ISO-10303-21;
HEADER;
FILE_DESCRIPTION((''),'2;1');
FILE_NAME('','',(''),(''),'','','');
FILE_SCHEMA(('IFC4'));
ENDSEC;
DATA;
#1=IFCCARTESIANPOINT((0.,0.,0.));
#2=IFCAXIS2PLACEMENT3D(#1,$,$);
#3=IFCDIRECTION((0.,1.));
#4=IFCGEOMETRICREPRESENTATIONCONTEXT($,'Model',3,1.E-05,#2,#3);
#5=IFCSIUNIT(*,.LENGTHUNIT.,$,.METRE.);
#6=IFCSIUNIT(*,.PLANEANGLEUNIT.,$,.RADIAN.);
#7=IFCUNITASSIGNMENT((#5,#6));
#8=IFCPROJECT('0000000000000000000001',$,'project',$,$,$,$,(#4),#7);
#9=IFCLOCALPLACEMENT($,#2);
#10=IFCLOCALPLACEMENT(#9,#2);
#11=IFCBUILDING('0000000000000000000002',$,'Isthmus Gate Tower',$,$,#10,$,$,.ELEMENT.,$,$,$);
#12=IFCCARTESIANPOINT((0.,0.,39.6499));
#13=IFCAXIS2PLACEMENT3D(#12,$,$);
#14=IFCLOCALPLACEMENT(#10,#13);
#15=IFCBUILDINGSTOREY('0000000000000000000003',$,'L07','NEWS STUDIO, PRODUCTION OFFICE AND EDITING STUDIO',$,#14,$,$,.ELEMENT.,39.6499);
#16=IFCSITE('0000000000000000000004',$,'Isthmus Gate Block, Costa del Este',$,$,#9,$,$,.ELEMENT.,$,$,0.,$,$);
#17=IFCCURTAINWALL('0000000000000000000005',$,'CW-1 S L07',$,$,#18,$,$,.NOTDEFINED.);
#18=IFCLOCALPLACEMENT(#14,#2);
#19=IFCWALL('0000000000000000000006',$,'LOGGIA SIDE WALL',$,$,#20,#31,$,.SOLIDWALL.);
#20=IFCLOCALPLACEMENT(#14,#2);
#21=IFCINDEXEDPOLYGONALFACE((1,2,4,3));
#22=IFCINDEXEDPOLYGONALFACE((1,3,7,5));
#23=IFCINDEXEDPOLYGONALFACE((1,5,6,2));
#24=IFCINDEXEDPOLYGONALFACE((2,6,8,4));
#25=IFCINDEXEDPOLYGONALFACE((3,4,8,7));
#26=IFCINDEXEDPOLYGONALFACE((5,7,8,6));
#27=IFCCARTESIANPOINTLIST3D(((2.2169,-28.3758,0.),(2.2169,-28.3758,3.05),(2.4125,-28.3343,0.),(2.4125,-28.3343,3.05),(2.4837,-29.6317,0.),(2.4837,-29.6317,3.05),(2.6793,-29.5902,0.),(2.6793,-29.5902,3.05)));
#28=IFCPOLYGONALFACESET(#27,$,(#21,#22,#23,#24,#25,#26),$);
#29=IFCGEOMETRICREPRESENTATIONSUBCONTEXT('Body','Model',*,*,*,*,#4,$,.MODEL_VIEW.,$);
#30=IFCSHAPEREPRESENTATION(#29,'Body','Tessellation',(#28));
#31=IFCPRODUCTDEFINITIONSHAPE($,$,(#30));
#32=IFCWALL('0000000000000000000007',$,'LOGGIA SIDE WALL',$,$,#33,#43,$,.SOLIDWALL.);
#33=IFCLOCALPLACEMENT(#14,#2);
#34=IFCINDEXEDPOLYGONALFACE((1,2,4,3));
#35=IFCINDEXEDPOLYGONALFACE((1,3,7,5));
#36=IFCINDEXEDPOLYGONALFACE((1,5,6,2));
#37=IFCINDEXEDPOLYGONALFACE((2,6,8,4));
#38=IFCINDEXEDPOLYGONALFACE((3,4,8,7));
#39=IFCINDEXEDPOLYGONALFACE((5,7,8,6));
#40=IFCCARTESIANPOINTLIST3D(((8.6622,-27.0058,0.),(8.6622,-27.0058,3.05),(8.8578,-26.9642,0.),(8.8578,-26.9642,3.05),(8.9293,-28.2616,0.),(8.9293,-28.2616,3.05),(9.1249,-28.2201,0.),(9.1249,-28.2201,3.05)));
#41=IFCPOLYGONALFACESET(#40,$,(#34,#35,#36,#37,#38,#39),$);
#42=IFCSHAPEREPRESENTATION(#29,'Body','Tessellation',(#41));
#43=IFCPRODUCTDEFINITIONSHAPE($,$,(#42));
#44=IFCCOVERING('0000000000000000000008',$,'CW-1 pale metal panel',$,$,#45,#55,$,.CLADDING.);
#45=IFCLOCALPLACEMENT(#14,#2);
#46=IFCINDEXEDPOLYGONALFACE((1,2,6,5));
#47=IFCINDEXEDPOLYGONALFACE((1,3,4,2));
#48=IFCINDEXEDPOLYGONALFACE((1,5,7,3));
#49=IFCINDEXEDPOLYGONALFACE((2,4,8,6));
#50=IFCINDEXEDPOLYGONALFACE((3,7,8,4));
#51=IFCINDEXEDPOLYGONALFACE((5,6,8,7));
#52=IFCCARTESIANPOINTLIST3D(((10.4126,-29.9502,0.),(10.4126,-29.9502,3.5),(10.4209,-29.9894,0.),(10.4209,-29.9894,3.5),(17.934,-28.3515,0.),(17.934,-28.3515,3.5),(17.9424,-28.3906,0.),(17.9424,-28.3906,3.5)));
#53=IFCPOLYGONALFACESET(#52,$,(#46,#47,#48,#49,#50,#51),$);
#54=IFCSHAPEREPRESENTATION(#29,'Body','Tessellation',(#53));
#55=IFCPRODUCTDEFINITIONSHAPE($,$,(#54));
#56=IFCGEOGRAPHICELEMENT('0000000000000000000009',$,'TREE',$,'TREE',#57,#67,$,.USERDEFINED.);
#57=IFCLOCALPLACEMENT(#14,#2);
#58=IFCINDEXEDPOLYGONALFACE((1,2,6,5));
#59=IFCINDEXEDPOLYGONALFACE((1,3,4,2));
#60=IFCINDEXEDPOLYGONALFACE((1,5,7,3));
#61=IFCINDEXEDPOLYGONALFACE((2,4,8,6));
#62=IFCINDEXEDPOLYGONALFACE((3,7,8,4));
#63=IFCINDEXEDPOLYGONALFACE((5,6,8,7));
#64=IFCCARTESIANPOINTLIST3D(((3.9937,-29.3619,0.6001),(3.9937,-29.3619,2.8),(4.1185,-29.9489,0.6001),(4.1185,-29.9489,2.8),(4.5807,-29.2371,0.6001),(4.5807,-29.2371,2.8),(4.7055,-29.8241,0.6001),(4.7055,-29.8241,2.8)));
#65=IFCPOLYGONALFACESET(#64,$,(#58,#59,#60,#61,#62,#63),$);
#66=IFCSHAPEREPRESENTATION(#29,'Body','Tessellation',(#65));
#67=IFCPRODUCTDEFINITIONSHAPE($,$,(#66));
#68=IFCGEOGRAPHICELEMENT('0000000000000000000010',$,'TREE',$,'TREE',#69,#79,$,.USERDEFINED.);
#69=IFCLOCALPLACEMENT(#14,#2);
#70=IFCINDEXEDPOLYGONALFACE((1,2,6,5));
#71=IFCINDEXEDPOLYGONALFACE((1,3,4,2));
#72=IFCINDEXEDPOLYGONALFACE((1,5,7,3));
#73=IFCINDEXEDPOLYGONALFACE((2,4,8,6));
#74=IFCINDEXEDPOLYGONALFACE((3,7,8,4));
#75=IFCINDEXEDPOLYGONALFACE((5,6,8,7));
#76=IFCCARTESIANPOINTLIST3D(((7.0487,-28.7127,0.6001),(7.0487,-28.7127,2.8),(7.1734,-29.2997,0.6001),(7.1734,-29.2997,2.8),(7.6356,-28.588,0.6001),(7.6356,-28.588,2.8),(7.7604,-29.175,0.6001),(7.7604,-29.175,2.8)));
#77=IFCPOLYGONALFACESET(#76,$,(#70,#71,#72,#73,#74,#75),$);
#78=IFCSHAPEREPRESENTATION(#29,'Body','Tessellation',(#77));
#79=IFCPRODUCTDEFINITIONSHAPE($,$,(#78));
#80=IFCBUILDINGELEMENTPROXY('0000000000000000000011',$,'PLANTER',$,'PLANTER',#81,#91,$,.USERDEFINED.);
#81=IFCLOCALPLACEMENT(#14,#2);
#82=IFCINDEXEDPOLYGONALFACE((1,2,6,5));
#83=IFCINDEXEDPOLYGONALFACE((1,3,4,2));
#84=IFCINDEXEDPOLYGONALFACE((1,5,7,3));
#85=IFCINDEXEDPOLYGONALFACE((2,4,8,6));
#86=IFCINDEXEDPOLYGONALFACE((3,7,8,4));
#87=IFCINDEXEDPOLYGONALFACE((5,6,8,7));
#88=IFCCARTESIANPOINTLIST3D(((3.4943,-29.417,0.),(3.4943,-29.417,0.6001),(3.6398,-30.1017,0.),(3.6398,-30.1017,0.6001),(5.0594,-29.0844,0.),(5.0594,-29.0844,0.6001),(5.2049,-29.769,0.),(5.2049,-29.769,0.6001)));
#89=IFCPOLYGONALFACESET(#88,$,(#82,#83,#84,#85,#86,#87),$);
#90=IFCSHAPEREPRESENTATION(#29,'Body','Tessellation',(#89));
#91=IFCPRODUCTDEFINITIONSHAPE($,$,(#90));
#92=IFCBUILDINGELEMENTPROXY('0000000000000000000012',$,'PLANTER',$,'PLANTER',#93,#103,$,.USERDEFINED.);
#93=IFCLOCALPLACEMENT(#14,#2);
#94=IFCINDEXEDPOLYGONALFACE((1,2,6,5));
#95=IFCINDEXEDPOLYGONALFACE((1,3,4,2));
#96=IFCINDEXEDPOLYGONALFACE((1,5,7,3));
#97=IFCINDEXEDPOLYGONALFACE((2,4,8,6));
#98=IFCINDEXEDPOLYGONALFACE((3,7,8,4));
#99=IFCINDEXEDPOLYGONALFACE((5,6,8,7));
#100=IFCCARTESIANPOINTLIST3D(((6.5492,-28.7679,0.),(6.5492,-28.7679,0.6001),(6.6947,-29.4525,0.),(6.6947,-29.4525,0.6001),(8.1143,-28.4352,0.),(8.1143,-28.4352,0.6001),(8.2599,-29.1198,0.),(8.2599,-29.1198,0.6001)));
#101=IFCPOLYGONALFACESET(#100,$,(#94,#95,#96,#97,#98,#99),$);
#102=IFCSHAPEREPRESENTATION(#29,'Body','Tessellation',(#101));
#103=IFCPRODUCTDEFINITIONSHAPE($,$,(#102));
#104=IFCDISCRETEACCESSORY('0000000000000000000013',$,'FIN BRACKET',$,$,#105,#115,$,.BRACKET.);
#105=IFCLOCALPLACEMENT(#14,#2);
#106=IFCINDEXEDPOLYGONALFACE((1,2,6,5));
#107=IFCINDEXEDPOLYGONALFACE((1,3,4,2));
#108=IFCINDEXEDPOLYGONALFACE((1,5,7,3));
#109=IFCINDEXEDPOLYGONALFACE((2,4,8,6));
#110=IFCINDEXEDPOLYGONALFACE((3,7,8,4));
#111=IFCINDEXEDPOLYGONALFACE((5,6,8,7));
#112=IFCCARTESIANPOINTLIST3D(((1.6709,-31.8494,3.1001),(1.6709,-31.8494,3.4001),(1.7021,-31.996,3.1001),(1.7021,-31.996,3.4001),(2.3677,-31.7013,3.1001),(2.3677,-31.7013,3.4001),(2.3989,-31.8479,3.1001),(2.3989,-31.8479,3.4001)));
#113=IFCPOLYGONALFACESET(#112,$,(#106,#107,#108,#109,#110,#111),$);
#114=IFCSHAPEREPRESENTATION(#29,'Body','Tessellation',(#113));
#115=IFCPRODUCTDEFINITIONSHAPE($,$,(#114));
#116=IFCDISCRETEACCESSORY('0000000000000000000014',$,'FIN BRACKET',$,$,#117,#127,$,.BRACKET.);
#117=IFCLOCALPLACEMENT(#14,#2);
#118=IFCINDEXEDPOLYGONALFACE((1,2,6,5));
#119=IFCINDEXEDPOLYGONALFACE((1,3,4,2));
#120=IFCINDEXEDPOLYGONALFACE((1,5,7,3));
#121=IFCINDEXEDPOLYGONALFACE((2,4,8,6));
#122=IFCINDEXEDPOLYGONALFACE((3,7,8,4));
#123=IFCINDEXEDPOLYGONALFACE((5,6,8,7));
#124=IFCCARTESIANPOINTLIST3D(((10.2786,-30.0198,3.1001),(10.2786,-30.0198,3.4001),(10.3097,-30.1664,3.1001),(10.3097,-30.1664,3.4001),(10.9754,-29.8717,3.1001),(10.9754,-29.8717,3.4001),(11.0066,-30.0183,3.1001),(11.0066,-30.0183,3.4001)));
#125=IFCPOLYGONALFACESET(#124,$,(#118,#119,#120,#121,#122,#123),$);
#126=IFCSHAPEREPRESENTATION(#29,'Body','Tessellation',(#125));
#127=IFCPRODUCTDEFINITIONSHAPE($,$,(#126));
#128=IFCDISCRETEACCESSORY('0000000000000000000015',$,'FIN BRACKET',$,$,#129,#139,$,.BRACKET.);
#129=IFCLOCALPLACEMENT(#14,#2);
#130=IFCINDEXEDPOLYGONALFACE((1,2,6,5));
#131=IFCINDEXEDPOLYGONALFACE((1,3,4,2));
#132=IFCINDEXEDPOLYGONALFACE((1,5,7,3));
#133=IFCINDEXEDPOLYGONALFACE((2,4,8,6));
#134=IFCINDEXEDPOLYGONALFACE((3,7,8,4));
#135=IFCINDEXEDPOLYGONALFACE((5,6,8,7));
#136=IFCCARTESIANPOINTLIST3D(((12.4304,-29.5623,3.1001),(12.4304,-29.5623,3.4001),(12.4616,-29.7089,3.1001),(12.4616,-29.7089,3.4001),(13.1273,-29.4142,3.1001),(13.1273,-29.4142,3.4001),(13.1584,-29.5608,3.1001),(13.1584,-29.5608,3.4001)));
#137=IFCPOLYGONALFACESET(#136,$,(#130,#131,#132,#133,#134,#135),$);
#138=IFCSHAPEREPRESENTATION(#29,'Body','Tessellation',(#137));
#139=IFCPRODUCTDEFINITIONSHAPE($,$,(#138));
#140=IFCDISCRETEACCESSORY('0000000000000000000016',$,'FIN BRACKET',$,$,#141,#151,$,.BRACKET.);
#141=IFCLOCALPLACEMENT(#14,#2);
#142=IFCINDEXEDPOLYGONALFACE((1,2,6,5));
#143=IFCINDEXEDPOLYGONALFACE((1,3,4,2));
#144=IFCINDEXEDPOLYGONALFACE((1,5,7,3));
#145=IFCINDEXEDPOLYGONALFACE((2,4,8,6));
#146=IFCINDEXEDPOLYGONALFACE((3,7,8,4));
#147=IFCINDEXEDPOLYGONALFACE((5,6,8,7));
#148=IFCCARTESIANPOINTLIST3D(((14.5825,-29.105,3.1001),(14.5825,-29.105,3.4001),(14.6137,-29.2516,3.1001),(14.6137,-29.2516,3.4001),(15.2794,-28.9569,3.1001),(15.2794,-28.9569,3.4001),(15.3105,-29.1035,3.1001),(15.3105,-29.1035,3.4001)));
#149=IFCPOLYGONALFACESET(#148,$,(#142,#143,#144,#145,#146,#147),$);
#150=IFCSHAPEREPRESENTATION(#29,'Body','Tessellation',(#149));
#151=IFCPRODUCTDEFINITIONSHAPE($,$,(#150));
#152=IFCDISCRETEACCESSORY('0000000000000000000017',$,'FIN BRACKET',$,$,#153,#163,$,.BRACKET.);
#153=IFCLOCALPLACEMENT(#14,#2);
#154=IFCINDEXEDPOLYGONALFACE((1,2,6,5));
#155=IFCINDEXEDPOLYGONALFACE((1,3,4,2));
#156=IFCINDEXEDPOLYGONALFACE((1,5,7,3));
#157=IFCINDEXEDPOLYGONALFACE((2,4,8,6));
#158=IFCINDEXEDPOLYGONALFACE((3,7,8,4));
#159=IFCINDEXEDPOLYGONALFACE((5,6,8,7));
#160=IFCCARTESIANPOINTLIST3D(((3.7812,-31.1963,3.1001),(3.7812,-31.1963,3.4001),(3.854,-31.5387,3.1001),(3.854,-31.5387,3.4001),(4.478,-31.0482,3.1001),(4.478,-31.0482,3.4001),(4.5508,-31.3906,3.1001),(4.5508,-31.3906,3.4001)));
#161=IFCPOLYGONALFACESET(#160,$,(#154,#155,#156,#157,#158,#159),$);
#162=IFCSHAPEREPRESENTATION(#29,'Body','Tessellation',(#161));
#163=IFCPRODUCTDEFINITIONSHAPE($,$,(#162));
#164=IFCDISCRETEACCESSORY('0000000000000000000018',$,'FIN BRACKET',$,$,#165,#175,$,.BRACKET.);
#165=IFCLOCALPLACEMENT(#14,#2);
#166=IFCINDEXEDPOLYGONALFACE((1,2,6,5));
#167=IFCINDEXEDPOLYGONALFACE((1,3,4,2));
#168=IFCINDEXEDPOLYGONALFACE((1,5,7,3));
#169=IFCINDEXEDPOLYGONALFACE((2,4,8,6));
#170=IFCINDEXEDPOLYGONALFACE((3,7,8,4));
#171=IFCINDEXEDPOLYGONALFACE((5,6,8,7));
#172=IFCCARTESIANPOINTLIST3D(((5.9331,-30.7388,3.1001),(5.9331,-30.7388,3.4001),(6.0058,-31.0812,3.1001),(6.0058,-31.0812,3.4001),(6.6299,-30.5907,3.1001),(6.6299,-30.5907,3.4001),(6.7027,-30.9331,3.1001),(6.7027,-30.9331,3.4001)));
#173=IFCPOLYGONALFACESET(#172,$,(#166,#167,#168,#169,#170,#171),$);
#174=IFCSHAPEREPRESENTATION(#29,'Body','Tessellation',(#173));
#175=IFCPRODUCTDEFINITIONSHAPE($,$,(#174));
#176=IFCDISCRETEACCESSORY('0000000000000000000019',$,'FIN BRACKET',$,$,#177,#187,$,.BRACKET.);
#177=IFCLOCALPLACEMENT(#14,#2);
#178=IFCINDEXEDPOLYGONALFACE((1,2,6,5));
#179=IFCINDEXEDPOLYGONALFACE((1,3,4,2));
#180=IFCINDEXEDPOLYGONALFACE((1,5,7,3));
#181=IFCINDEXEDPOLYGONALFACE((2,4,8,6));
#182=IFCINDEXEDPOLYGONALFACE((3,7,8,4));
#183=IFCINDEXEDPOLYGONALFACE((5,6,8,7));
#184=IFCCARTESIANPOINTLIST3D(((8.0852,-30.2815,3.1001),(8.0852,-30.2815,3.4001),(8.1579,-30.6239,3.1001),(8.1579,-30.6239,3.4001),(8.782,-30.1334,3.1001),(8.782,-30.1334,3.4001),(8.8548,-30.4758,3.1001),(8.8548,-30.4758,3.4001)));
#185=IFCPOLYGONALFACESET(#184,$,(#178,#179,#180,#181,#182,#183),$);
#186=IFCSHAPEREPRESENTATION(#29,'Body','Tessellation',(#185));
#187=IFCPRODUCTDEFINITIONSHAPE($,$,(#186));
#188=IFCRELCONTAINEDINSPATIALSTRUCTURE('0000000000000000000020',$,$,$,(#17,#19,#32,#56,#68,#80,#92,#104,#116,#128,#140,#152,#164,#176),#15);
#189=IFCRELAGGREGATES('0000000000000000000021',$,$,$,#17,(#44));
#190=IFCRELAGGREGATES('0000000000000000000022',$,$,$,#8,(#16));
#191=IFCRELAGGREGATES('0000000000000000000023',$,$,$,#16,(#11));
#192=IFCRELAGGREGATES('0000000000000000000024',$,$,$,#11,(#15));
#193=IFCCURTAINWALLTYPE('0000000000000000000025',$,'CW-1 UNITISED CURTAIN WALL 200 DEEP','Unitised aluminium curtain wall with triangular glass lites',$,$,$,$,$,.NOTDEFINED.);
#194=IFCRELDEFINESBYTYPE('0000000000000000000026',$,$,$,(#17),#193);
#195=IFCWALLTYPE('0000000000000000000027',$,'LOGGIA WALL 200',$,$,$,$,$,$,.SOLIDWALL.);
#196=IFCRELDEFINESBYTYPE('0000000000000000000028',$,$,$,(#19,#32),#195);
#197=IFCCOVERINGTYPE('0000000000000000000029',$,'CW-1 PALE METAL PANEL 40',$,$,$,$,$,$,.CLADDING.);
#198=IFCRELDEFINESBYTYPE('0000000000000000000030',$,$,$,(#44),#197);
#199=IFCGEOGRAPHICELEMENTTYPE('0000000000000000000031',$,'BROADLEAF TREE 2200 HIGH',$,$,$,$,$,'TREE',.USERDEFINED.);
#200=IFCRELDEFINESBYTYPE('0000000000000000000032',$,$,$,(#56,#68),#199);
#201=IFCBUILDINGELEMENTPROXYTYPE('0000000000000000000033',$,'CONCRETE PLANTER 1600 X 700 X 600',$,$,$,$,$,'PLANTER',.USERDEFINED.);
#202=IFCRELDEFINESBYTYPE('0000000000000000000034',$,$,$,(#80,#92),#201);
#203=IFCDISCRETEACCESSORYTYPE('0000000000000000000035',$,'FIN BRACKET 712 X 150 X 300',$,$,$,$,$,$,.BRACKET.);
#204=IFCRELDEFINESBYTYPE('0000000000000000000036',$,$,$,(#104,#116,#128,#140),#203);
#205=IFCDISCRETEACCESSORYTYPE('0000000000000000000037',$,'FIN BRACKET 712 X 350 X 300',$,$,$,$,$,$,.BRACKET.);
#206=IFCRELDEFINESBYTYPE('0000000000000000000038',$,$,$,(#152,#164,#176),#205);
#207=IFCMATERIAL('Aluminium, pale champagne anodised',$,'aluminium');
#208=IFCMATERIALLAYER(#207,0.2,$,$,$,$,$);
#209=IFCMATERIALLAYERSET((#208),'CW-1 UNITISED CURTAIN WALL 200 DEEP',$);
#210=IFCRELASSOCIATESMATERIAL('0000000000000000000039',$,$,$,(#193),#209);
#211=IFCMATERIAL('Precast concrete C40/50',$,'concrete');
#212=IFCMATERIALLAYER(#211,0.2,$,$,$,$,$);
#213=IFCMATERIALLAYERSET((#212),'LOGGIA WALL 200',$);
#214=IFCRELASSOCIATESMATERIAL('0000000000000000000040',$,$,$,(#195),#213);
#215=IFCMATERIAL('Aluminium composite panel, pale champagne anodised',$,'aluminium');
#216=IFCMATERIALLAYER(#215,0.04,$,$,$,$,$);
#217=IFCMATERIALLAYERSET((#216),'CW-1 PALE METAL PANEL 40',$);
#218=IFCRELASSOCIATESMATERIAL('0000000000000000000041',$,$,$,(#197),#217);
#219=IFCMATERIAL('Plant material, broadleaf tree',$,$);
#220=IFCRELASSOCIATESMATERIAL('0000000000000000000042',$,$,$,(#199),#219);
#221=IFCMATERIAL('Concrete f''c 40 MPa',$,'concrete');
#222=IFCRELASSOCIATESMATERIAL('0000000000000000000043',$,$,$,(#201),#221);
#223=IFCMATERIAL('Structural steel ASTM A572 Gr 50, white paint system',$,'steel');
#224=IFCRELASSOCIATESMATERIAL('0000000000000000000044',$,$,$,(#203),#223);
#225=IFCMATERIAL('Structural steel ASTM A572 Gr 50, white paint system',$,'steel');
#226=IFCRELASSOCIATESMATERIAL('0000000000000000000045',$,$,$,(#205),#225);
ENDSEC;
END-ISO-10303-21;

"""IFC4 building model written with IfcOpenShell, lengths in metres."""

from ifc_helpers import new_model, si_unit, direction, frame, frame_2d, origin, origin_2d, place, context, subcontext, project, spatial, rectangle, extrude, material, layer, layer_set, type_object, element, aggregate, save


model = new_model("IFC4")

# Units and contexts
model_context = context("Model", 3, precision=1e-05, world=origin(), true_north=direction((0.0, 1.0)))
body_context = subcontext(model_context, "Body", "Model", "MODEL_VIEW")
ifc_project = project(units=[si_unit("LENGTHUNIT", "METRE"), si_unit("PLANEANGLEUNIT", "RADIAN")], contexts=[model_context])

# Site, building, storey
site_placement = place(None, origin())
site = spatial("IfcSite", under=ifc_project, at=site_placement, Name="Isthmus Gate Block, Costa del Este", CompositionType="ELEMENT", RefElevation=0.0)
building_placement = place(site_placement, origin())
building = spatial("IfcBuilding", under=site, at=building_placement, Name="Isthmus Gate Tower", CompositionType="ELEMENT")
storey_placement = place(building_placement, frame((0.0, 0.0, 39.6499)))
storey = spatial("IfcBuildingStorey", under=building, at=storey_placement, Name="L07", Description="NEWS STUDIO, PRODUCTION OFFICE AND EDITING STUDIO", CompositionType="ELEMENT", Elevation=39.6499)

# Curtain wall
ifc_material_1 = material(Name="Aluminium, pale champagne anodised", Category="aluminium")
ifc_layer_1 = layer(ifc_material_1, 0.2)
ifc_layer_set_1 = layer_set([ifc_layer_1], Name="CW-1 UNITISED CURTAIN WALL 200 DEEP")
curtain_wall_type_1 = type_object("IfcCurtainWallType", Name="CW-1 UNITISED CURTAIN WALL 200 DEEP", Description="Unitised aluminium curtain wall with triangular glass lites", PredefinedType="NOTDEFINED", material=ifc_layer_set_1)
curtain_wall_1_placement = place(storey_placement, origin())
curtain_wall_1 = element("IfcCurtainWall", 1, at=curtain_wall_1_placement, inside=storey, type_object=curtain_wall_type_1, Name="CW-1 S L07", PredefinedType="NOTDEFINED")

# Shared definitions
ifc_material_2 = material(Name="Precast concrete C40/50", Category="concrete")
ifc_layer_2 = layer(ifc_material_2, 0.2)
ifc_layer_set_2 = layer_set([ifc_layer_2], Name="LOGGIA WALL 200")
wall_type_1 = type_object("IfcWallType", Name="LOGGIA WALL 200", PredefinedType="SOLIDWALL", material=ifc_layer_set_2)

# Walls
for number, where, z_axis, x_axis, name in (
    (2, (2.5815, -29.6111, 0.0), (0.0, 0.0, 1.0), (-0.207841, 0.978163, 0.0), "LOGGIA SIDE WALL"),
    (3, (9.0271, -28.241, 0.0), (0.0, 0.0, 1.0), (-0.208022, 0.978124, 0.0), "LOGGIA SIDE WALL"),
):
    element("IfcWall", number, at=place(storey_placement, frame(where, z_axis=z_axis, x_axis=x_axis)), inside=storey, type_object=wall_type_1, Name=name, PredefinedType="SOLIDWALL", context=body_context, shape_type="SweptSolid", body=[
        extrude(rectangle(XDim=1.2839, YDim=0.2, at=frame_2d((0.6421, 0.0))), origin(), (0.0, 0.0, 1.0), 3.05),
    ])

# Covering
ifc_material_3 = material(Name="Aluminium composite panel, pale champagne anodised", Category="aluminium")
ifc_layer_3 = layer(ifc_material_3, 0.04)
ifc_layer_set_3 = layer_set([ifc_layer_3], Name="CW-1 PALE METAL PANEL 40")
covering_type = type_object("IfcCoveringType", Name="CW-1 PALE METAL PANEL 40", PredefinedType="CLADDING", material=ifc_layer_set_3)
covering_placement = place(storey_placement, frame((14.1775, -29.1704, 0.0), z_axis=(0.0, 0.0, 1.0), x_axis=(0.978148, 0.207912, 0.0)))
covering = element("IfcCovering", 4, at=covering_placement, type_object=covering_type, Name="CW-1 pale metal panel", PredefinedType="CLADDING", context=body_context, shape_type="SweptSolid", body=[
    extrude(rectangle(XDim=7.6895, YDim=0.04, at=origin_2d()), origin(), (0.0, 0.0, 1.0), 3.5),
])
aggregate(curtain_wall_1, [covering])

# Geographic elements
ifc_material_4 = material(Name="Plant material, broadleaf tree")
geographic_element_type = type_object("IfcGeographicElementType", Name="BROADLEAF TREE 2200 HIGH", ElementType="TREE", PredefinedType="USERDEFINED", material=ifc_material_4)
for number, where, z_axis, x_axis, name in (
    (5, (4.3496, -29.593, 0.6001), (0.0, 0.0, 1.0), (0.978148, 0.207912, 0.0), "TREE"),
    (6, (7.4045, -28.9438, 0.6001), (0.0, 0.0, 1.0), (0.978148, 0.207912, 0.0), "TREE"),
):
    element("IfcGeographicElement", number, at=place(storey_placement, frame(where, z_axis=z_axis, x_axis=x_axis)), inside=storey, type_object=geographic_element_type, Name=name, ObjectType="TREE", PredefinedType="USERDEFINED", context=body_context, shape_type="SweptSolid", body=[
        extrude(rectangle(XDim=0.6001, YDim=0.6001, at=origin_2d()), origin(), (0.0, 0.0, 1.0), 2.2),
    ])

# Building element proxies
ifc_material_5 = material(Name="Concrete f'c 40 MPa", Category="concrete")
building_element_proxy_type = type_object("IfcBuildingElementProxyType", Name="CONCRETE PLANTER 1600 X 700 X 600", ElementType="PLANTER", PredefinedType="USERDEFINED", material=ifc_material_5)
for number, where, z_axis, x_axis, name in (
    (7, (4.3496, -29.593, 0.0), (0.0, 0.0, 1.0), (0.978148, 0.207912, 0.0), "PLANTER"),
    (8, (7.4045, -28.9438, 0.0), (0.0, 0.0, 1.0), (0.978148, 0.207912, 0.0), "PLANTER"),
):
    element("IfcBuildingElementProxy", number, at=place(storey_placement, frame(where, z_axis=z_axis, x_axis=x_axis)), inside=storey, type_object=building_element_proxy_type, Name=name, ObjectType="PLANTER", PredefinedType="USERDEFINED", context=body_context, shape_type="SweptSolid", body=[
        extrude(rectangle(XDim=1.6001, YDim=0.7, at=origin_2d()), origin(), (0.0, 0.0, 1.0), 0.6001),
    ])

# Discrete accessories
ifc_material_6 = material(Name="Structural steel ASTM A572 Gr 50, white paint system", Category="steel")
discrete_accessory_type_1 = type_object("IfcDiscreteAccessoryType", Name="FIN BRACKET 712 X 150 X 300", PredefinedType="BRACKET", material=ifc_material_6)
for number, where, z_axis, x_axis, name in (
    (9, (2.0349, -31.8486, 3.1001), (0.0, 0.0, 1.0), (0.207912, -0.978148, 0.0), "FIN BRACKET"),
    (10, (10.6426, -30.019, 3.1001), (0.0, 0.0, 1.0), (0.207912, -0.978148, 0.0), "FIN BRACKET"),
    (11, (12.7944, -29.5615, 3.1001), (0.0, 0.0, 1.0), (0.207912, -0.978148, 0.0), "FIN BRACKET"),
    (12, (14.9465, -29.1042, 3.1001), (0.0, 0.0, 1.0), (0.207912, -0.978148, 0.0), "FIN BRACKET"),
):
    element("IfcDiscreteAccessory", number, at=place(storey_placement, frame(where, z_axis=z_axis, x_axis=x_axis)), inside=storey, type_object=discrete_accessory_type_1, Name=name, PredefinedType="BRACKET", context=body_context, shape_type="SweptSolid", body=[
        extrude(rectangle(XDim=0.1499, YDim=0.7124, at=origin_2d()), origin(), (0.0, 0.0, 1.0), 0.3),
    ])
ifc_material_7 = material(Name="Structural steel ASTM A572 Gr 50, white paint system", Category="steel")
discrete_accessory_type_2 = type_object("IfcDiscreteAccessoryType", Name="FIN BRACKET 712 X 350 X 300", PredefinedType="BRACKET", material=ifc_material_7)
for number, where, z_axis, x_axis, name in (
    (13, (4.166, -31.2935, 3.1001), (0.0, 0.0, 1.0), (0.207912, -0.978148, 0.0), "FIN BRACKET"),
    (14, (6.3179, -30.8359, 3.1001), (0.0, 0.0, 1.0), (0.207912, -0.978148, 0.0), "FIN BRACKET"),
    (15, (8.47, -30.3787, 3.1001), (0.0, 0.0, 1.0), (0.207912, -0.978148, 0.0), "FIN BRACKET"),
):
    element("IfcDiscreteAccessory", number, at=place(storey_placement, frame(where, z_axis=z_axis, x_axis=x_axis)), inside=storey, type_object=discrete_accessory_type_2, Name=name, PredefinedType="BRACKET", context=body_context, shape_type="SweptSolid", body=[
        extrude(rectangle(XDim=0.3501, YDim=0.7124, at=origin_2d()), origin(), (0.0, 0.0, 1.0), 0.3),
    ])

save(model, "model.ifc")
